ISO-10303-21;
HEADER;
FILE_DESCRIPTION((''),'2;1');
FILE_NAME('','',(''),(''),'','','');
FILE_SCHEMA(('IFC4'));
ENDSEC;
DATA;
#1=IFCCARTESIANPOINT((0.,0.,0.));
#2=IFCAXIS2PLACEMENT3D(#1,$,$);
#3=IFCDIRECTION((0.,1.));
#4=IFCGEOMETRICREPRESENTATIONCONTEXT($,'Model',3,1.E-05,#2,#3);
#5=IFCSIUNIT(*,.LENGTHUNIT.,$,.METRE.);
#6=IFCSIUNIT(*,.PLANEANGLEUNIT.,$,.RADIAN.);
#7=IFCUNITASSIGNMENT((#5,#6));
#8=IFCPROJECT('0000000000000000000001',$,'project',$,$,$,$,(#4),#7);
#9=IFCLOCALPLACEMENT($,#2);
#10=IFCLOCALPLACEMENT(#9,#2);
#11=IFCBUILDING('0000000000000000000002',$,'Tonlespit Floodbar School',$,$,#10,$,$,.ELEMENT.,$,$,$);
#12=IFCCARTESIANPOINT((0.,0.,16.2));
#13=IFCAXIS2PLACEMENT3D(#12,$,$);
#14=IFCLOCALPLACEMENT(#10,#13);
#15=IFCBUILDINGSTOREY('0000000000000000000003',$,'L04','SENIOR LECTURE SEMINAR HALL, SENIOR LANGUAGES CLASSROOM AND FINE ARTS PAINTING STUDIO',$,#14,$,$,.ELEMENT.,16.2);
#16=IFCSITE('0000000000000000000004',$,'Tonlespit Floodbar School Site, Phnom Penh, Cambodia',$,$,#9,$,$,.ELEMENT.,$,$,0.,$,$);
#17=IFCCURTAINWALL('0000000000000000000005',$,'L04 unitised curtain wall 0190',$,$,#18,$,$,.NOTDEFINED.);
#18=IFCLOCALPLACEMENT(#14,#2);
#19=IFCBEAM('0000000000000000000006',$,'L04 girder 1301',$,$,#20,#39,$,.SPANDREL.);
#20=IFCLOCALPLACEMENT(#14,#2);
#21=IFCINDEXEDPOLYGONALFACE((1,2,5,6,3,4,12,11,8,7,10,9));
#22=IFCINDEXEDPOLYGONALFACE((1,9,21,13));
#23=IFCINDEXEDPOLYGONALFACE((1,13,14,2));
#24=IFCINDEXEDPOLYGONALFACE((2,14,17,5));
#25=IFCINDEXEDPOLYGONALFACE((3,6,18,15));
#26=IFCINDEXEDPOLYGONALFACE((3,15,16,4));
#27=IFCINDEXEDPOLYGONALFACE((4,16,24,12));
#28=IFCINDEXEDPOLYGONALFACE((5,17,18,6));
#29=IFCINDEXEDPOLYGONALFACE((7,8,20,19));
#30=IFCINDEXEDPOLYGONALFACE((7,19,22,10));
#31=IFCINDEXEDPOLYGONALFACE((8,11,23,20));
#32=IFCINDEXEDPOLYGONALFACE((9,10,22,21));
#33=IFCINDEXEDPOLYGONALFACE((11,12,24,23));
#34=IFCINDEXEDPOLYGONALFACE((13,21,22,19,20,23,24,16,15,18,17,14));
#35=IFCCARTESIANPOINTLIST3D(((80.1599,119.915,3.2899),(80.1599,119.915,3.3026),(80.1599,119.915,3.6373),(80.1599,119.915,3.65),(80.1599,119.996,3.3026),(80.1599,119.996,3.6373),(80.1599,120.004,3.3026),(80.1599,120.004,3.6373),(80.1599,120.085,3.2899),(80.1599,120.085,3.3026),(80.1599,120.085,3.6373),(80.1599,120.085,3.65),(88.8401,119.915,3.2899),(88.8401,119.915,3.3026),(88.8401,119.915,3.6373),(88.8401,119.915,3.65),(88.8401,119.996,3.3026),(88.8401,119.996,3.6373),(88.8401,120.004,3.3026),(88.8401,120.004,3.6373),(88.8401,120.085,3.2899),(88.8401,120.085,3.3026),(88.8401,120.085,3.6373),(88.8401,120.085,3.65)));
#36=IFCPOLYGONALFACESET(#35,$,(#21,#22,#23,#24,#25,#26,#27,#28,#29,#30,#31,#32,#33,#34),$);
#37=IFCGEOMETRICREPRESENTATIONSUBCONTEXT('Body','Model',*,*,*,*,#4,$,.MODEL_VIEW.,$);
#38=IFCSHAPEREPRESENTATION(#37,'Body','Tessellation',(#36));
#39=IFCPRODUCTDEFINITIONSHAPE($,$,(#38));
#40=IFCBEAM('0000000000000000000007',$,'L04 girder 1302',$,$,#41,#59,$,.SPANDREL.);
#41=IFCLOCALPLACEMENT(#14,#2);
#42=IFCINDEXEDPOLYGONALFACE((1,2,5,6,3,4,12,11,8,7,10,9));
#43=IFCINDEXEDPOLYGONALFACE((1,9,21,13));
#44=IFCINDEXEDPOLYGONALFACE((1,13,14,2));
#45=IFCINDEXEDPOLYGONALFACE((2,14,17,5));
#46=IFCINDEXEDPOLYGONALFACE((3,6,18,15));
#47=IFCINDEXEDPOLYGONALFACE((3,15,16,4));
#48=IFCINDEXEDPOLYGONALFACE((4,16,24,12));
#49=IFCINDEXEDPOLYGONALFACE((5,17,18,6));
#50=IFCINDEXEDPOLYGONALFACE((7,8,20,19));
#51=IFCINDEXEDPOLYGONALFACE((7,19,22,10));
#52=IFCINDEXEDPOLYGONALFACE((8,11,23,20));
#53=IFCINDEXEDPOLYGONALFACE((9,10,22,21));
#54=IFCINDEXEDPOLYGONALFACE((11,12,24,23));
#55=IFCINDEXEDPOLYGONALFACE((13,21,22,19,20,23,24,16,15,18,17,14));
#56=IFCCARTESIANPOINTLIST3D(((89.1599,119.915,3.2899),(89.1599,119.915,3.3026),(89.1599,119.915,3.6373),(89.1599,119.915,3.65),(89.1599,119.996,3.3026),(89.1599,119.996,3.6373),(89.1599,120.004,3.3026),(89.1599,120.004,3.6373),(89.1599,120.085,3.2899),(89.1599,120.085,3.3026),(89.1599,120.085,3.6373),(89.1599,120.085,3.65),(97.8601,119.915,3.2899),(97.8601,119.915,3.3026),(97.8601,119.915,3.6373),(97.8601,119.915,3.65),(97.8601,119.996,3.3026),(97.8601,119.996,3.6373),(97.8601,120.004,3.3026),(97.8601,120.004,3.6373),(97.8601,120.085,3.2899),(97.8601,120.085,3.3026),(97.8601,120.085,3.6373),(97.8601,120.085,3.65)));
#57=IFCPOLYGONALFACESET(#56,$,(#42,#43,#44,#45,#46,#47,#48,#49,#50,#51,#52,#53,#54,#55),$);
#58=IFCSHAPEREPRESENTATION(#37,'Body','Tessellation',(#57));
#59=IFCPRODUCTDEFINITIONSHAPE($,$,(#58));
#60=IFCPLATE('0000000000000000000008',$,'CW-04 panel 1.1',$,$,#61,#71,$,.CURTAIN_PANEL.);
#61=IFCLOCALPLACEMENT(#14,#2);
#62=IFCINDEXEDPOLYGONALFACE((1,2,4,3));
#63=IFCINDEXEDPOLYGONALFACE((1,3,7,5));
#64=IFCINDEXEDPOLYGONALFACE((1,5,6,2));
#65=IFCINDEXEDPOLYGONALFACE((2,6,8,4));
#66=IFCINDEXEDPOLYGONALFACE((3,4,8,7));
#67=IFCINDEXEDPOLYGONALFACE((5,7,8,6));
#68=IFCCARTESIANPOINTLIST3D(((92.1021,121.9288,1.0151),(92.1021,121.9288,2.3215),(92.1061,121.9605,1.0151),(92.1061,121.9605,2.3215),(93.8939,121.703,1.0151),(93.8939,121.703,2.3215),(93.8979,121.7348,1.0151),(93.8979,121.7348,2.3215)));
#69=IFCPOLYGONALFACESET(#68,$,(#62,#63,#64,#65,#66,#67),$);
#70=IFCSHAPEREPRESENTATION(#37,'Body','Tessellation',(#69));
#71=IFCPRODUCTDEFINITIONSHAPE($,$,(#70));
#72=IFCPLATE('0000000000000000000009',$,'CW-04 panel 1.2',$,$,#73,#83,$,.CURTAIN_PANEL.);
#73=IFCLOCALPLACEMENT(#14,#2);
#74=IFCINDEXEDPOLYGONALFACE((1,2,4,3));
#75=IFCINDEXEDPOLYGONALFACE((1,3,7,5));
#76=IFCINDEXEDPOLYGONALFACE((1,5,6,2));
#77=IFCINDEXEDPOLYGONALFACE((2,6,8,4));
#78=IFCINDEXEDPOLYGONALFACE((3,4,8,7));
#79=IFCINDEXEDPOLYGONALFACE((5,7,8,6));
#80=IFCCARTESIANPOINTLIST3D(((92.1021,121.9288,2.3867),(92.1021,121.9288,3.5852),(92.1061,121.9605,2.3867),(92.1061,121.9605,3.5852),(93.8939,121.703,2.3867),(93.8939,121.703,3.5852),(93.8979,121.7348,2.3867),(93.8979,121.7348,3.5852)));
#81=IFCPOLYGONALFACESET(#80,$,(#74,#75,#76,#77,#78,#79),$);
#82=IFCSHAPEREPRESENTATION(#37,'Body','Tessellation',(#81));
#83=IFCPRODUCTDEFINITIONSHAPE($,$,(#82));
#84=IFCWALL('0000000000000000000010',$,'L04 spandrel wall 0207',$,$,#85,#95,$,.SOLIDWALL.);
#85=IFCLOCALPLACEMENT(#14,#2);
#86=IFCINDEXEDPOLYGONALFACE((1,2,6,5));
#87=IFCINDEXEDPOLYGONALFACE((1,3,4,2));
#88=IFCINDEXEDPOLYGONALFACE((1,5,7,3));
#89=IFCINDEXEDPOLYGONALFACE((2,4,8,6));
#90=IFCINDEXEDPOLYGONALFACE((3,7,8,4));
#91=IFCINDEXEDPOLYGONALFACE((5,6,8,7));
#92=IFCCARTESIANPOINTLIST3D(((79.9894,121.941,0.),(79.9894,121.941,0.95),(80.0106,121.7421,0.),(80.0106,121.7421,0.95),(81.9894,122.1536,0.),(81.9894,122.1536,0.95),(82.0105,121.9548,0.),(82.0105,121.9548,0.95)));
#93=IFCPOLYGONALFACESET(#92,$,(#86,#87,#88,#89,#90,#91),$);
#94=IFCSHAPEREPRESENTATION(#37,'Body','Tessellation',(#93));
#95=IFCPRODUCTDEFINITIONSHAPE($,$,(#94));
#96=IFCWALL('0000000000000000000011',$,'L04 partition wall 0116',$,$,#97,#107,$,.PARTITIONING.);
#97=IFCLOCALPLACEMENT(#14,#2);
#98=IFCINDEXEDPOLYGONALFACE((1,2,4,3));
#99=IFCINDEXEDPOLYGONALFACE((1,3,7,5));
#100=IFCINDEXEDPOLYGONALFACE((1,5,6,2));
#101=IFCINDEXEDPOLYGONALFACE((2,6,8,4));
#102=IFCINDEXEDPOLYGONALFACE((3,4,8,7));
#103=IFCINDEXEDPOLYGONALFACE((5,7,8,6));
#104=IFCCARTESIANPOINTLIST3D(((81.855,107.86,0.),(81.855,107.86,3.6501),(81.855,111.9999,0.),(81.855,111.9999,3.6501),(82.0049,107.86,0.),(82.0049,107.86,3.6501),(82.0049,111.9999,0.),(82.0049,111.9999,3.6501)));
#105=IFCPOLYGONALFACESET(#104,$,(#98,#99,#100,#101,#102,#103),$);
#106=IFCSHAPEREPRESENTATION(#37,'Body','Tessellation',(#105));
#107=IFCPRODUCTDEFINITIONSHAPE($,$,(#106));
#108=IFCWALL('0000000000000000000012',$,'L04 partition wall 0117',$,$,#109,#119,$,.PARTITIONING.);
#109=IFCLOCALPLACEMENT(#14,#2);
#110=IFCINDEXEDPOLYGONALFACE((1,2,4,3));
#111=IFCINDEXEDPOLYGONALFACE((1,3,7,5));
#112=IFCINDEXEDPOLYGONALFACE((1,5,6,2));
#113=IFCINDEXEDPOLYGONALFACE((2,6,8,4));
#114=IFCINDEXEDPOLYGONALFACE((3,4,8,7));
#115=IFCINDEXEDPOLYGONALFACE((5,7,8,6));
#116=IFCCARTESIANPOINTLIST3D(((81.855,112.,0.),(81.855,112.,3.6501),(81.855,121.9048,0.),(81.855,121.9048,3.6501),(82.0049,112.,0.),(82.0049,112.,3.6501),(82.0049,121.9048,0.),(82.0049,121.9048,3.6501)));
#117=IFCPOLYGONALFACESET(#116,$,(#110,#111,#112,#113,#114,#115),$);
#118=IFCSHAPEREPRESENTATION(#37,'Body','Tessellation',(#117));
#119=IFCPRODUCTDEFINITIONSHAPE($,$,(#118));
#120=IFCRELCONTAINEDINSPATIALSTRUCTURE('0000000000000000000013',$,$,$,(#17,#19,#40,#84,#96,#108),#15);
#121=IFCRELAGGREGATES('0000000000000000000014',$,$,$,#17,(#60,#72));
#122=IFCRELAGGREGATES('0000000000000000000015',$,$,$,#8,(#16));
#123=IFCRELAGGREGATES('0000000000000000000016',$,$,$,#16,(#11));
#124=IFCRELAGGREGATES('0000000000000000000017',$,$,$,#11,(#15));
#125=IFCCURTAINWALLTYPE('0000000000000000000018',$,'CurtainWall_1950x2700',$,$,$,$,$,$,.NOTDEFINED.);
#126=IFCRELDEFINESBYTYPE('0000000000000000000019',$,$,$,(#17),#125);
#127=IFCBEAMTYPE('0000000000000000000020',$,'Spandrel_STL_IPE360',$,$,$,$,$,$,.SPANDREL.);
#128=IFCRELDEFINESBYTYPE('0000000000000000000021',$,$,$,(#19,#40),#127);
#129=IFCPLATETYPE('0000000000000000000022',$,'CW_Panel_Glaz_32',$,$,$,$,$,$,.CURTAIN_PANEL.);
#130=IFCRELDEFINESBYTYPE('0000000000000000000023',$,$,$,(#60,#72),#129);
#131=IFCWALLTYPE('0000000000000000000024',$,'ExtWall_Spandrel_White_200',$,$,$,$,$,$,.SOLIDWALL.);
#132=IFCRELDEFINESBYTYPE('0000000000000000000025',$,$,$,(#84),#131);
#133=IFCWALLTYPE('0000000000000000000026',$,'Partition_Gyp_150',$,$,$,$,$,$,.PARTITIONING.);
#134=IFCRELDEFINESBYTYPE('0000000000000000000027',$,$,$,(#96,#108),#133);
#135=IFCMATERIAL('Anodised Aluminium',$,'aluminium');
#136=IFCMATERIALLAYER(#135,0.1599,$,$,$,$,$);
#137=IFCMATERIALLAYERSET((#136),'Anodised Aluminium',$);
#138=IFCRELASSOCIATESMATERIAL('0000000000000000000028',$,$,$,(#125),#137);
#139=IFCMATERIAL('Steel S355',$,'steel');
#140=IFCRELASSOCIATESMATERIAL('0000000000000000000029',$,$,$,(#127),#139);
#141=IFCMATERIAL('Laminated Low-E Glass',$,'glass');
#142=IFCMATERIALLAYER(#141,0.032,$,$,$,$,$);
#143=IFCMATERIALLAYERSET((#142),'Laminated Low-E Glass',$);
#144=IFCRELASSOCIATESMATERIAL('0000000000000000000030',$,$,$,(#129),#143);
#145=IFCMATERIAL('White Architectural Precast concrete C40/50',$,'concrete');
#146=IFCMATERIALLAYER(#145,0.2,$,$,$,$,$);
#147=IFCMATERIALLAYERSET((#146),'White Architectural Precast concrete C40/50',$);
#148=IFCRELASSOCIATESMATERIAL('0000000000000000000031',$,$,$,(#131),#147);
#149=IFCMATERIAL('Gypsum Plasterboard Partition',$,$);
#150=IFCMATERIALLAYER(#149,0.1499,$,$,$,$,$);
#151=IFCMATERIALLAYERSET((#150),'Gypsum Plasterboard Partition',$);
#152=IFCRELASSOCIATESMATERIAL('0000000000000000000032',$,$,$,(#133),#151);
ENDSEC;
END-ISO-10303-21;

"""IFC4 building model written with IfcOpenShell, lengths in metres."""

from ifc_helpers import new_model, si_unit, direction, frame, frame_2d, origin, origin_2d, place, context, subcontext, project, spatial, rectangle, i_section, extrude, material, layer, layer_set, material_profile, profile_set, type_object, element, aggregate, save


model = new_model("IFC4")

# Units and contexts
model_context = context("Model", 3, precision=1e-05, world=origin(), true_north=direction((0.0, 1.0)))
body_context = subcontext(model_context, "Body", "Model", "MODEL_VIEW")
ifc_project = project(units=[si_unit("LENGTHUNIT", "METRE"), si_unit("PLANEANGLEUNIT", "RADIAN")], contexts=[model_context])

# Site, building, storey
site_placement = place(None, origin())
site = spatial("IfcSite", under=ifc_project, at=site_placement, Name="Tonlespit Floodbar School Site, Phnom Penh, Cambodia", CompositionType="ELEMENT", RefElevation=0.0)
building_placement = place(site_placement, origin())
building = spatial("IfcBuilding", under=site, at=building_placement, Name="Tonlespit Floodbar School", CompositionType="ELEMENT")
storey_placement = place(building_placement, frame((0.0, 0.0, 16.2)))
storey = spatial("IfcBuildingStorey", under=building, at=storey_placement, Name="L04", Description="SENIOR LECTURE SEMINAR HALL, SENIOR LANGUAGES CLASSROOM AND FINE ARTS PAINTING STUDIO", CompositionType="ELEMENT", Elevation=16.2)

# Shared definitions
ifc_material_1 = material(Name="Anodised Aluminium", Category="aluminium")
ifc_layer_1 = layer(ifc_material_1, 0.1599)
ifc_layer_set_1 = layer_set([ifc_layer_1], Name="Anodised Aluminium")
curtain_wall_type = type_object("IfcCurtainWallType", Name="CurtainWall_1950x2700", PredefinedType="NOTDEFINED", material=ifc_layer_set_1)

# Curtain wall
curtain_wall_1_placement = place(storey_placement, origin())
curtain_wall_1 = element("IfcCurtainWall", 1, at=curtain_wall_1_placement, inside=storey, type_object=curtain_wall_type, Name="L04 unitised curtain wall 0190", PredefinedType="NOTDEFINED")

# Beams
ifc_material_2 = material(Name="Steel S355", Category="steel")
ifc_material_profile_1 = material_profile(ifc_material_2, i_section(OverallWidth=0.1699, OverallDepth=0.3601, WebThickness=0.0081, FlangeThickness=0.0127, at=origin_2d()), Name="IPE 360")
ifc_profile_set_1 = profile_set([ifc_material_profile_1], Name="Steel S355")
beam_type_1 = type_object("IfcBeamType", Name="Spandrel_STL_IPE360", PredefinedType="SPANDREL", material=ifc_profile_set_1)
beam_1_placement = place(storey_placement, frame((80.1599, 120.0, 3.47), z_axis=(1.0, 0.0, 0.0), x_axis=(0.0, 1.0, 0.0)))
element("IfcBeam", 2, at=beam_1_placement, inside=storey, type_object=beam_type_1, Name="L04 girder 1301", PredefinedType="SPANDREL", context=body_context, shape_type="SweptSolid", body=[
    extrude(i_section(OverallWidth=0.1699, OverallDepth=0.3601, WebThickness=0.0081, FlangeThickness=0.0127, at=origin_2d()), origin(), (0.0, 0.0, 1.0), 8.6802),
])
beam_2_placement = place(storey_placement, frame((89.1599, 120.0, 3.47), z_axis=(1.0, 0.0, 0.0), x_axis=(0.0, 1.0, 0.0)))
element("IfcBeam", 3, at=beam_2_placement, inside=storey, type_object=beam_type_1, Name="L04 girder 1302", PredefinedType="SPANDREL", context=body_context, shape_type="SweptSolid", body=[
    extrude(i_section(OverallWidth=0.1699, OverallDepth=0.3601, WebThickness=0.0081, FlangeThickness=0.0127, at=origin_2d()), origin(), (0.0, 0.0, 1.0), 8.7002),
])

# Plates
ifc_material_3 = material(Name="Laminated Low-E Glass", Category="glass")
ifc_layer_2 = layer(ifc_material_3, 0.032)
ifc_layer_set_2 = layer_set([ifc_layer_2], Name="Laminated Low-E Glass")
plate_type = type_object("IfcPlateType", Name="CW_Panel_Glaz_32", PredefinedType="CURTAIN_PANEL", material=ifc_layer_set_2)
plate_1_placement = place(storey_placement, frame((93.0, 121.8318, 1.0151), z_axis=(0.0, 0.0, 1.0), x_axis=(0.992155, -0.125014, 0.0)))
plate_1 = element("IfcPlate", 4, at=plate_1_placement, type_object=plate_type, Name="CW-04 panel 1.1", PredefinedType="CURTAIN_PANEL", context=body_context, shape_type="SweptSolid", body=[
    extrude(rectangle(XDim=1.8059, YDim=0.032, at=origin_2d()), origin(), (0.0, 0.0, 1.0), 1.3064),
])
plate_2_placement = place(storey_placement, frame((93.0, 121.8318, 2.3867), z_axis=(0.0, 0.0, 1.0), x_axis=(0.992155, -0.125014, 0.0)))
plate_2 = element("IfcPlate", 5, at=plate_2_placement, type_object=plate_type, Name="CW-04 panel 1.2", PredefinedType="CURTAIN_PANEL", context=body_context, shape_type="SweptSolid", body=[
    extrude(rectangle(XDim=1.8059, YDim=0.032, at=origin_2d()), origin(), (0.0, 0.0, 1.0), 1.1985),
])
aggregate(curtain_wall_1, [plate_1, plate_2])

# Walls
ifc_material_4 = material(Name="White Architectural Precast concrete C40/50", Category="concrete")
ifc_layer_3 = layer(ifc_material_4, 0.2)
ifc_layer_set_3 = layer_set([ifc_layer_3], Name="White Architectural Precast concrete C40/50")
wall_type_1 = type_object("IfcWallType", Name="ExtWall_Spandrel_White_200", PredefinedType="SOLIDWALL", material=ifc_layer_set_3)
wall_1_placement = place(storey_placement, frame((80.0, 121.8416, 0.0), z_axis=(0.0, 0.0, 1.0), x_axis=(0.994395, 0.105727, 0.0)))
element("IfcWall", 6, at=wall_1_placement, inside=storey, type_object=wall_type_1, Name="L04 spandrel wall 0207", PredefinedType="SOLIDWALL", context=body_context, shape_type="SweptSolid", body=[
    extrude(rectangle(XDim=2.0112, YDim=0.2, at=frame_2d((1.0056, 0.0))), origin(), (0.0, 0.0, 1.0), 0.95),
])
ifc_material_5 = material(Name="Gypsum Plasterboard Partition")
ifc_layer_4 = layer(ifc_material_5, 0.1499)
ifc_layer_set_4 = layer_set([ifc_layer_4], Name="Gypsum Plasterboard Partition")
wall_type_2 = type_object("IfcWallType", Name="Partition_Gyp_150", PredefinedType="PARTITIONING", material=ifc_layer_set_4)
wall_2_placement = place(storey_placement, frame((81.9299, 107.8601, 0.0), z_axis=(0.0, 0.0, 1.0), x_axis=(0.0, 1.0, 0.0)))
element("IfcWall", 7, at=wall_2_placement, inside=storey, type_object=wall_type_2, Name="L04 partition wall 0116", PredefinedType="PARTITIONING", context=body_context, shape_type="SweptSolid", body=[
    extrude(rectangle(XDim=4.1399, YDim=0.1499, at=frame_2d((2.0698, 0.0))), origin(), (0.0, 0.0, 1.0), 3.6501),
])
wall_3_placement = place(storey_placement, frame((81.9299, 112.0, 0.0), z_axis=(0.0, 0.0, 1.0), x_axis=(0.0, 1.0, 0.0)))
element("IfcWall", 8, at=wall_3_placement, inside=storey, type_object=wall_type_2, Name="L04 partition wall 0117", PredefinedType="PARTITIONING", context=body_context, shape_type="SweptSolid", body=[
    extrude(rectangle(XDim=9.9048, YDim=0.1499, at=frame_2d((4.9524, 0.0))), origin(), (0.0, 0.0, 1.0), 3.6501),
])

save(model, "model.ifc")
